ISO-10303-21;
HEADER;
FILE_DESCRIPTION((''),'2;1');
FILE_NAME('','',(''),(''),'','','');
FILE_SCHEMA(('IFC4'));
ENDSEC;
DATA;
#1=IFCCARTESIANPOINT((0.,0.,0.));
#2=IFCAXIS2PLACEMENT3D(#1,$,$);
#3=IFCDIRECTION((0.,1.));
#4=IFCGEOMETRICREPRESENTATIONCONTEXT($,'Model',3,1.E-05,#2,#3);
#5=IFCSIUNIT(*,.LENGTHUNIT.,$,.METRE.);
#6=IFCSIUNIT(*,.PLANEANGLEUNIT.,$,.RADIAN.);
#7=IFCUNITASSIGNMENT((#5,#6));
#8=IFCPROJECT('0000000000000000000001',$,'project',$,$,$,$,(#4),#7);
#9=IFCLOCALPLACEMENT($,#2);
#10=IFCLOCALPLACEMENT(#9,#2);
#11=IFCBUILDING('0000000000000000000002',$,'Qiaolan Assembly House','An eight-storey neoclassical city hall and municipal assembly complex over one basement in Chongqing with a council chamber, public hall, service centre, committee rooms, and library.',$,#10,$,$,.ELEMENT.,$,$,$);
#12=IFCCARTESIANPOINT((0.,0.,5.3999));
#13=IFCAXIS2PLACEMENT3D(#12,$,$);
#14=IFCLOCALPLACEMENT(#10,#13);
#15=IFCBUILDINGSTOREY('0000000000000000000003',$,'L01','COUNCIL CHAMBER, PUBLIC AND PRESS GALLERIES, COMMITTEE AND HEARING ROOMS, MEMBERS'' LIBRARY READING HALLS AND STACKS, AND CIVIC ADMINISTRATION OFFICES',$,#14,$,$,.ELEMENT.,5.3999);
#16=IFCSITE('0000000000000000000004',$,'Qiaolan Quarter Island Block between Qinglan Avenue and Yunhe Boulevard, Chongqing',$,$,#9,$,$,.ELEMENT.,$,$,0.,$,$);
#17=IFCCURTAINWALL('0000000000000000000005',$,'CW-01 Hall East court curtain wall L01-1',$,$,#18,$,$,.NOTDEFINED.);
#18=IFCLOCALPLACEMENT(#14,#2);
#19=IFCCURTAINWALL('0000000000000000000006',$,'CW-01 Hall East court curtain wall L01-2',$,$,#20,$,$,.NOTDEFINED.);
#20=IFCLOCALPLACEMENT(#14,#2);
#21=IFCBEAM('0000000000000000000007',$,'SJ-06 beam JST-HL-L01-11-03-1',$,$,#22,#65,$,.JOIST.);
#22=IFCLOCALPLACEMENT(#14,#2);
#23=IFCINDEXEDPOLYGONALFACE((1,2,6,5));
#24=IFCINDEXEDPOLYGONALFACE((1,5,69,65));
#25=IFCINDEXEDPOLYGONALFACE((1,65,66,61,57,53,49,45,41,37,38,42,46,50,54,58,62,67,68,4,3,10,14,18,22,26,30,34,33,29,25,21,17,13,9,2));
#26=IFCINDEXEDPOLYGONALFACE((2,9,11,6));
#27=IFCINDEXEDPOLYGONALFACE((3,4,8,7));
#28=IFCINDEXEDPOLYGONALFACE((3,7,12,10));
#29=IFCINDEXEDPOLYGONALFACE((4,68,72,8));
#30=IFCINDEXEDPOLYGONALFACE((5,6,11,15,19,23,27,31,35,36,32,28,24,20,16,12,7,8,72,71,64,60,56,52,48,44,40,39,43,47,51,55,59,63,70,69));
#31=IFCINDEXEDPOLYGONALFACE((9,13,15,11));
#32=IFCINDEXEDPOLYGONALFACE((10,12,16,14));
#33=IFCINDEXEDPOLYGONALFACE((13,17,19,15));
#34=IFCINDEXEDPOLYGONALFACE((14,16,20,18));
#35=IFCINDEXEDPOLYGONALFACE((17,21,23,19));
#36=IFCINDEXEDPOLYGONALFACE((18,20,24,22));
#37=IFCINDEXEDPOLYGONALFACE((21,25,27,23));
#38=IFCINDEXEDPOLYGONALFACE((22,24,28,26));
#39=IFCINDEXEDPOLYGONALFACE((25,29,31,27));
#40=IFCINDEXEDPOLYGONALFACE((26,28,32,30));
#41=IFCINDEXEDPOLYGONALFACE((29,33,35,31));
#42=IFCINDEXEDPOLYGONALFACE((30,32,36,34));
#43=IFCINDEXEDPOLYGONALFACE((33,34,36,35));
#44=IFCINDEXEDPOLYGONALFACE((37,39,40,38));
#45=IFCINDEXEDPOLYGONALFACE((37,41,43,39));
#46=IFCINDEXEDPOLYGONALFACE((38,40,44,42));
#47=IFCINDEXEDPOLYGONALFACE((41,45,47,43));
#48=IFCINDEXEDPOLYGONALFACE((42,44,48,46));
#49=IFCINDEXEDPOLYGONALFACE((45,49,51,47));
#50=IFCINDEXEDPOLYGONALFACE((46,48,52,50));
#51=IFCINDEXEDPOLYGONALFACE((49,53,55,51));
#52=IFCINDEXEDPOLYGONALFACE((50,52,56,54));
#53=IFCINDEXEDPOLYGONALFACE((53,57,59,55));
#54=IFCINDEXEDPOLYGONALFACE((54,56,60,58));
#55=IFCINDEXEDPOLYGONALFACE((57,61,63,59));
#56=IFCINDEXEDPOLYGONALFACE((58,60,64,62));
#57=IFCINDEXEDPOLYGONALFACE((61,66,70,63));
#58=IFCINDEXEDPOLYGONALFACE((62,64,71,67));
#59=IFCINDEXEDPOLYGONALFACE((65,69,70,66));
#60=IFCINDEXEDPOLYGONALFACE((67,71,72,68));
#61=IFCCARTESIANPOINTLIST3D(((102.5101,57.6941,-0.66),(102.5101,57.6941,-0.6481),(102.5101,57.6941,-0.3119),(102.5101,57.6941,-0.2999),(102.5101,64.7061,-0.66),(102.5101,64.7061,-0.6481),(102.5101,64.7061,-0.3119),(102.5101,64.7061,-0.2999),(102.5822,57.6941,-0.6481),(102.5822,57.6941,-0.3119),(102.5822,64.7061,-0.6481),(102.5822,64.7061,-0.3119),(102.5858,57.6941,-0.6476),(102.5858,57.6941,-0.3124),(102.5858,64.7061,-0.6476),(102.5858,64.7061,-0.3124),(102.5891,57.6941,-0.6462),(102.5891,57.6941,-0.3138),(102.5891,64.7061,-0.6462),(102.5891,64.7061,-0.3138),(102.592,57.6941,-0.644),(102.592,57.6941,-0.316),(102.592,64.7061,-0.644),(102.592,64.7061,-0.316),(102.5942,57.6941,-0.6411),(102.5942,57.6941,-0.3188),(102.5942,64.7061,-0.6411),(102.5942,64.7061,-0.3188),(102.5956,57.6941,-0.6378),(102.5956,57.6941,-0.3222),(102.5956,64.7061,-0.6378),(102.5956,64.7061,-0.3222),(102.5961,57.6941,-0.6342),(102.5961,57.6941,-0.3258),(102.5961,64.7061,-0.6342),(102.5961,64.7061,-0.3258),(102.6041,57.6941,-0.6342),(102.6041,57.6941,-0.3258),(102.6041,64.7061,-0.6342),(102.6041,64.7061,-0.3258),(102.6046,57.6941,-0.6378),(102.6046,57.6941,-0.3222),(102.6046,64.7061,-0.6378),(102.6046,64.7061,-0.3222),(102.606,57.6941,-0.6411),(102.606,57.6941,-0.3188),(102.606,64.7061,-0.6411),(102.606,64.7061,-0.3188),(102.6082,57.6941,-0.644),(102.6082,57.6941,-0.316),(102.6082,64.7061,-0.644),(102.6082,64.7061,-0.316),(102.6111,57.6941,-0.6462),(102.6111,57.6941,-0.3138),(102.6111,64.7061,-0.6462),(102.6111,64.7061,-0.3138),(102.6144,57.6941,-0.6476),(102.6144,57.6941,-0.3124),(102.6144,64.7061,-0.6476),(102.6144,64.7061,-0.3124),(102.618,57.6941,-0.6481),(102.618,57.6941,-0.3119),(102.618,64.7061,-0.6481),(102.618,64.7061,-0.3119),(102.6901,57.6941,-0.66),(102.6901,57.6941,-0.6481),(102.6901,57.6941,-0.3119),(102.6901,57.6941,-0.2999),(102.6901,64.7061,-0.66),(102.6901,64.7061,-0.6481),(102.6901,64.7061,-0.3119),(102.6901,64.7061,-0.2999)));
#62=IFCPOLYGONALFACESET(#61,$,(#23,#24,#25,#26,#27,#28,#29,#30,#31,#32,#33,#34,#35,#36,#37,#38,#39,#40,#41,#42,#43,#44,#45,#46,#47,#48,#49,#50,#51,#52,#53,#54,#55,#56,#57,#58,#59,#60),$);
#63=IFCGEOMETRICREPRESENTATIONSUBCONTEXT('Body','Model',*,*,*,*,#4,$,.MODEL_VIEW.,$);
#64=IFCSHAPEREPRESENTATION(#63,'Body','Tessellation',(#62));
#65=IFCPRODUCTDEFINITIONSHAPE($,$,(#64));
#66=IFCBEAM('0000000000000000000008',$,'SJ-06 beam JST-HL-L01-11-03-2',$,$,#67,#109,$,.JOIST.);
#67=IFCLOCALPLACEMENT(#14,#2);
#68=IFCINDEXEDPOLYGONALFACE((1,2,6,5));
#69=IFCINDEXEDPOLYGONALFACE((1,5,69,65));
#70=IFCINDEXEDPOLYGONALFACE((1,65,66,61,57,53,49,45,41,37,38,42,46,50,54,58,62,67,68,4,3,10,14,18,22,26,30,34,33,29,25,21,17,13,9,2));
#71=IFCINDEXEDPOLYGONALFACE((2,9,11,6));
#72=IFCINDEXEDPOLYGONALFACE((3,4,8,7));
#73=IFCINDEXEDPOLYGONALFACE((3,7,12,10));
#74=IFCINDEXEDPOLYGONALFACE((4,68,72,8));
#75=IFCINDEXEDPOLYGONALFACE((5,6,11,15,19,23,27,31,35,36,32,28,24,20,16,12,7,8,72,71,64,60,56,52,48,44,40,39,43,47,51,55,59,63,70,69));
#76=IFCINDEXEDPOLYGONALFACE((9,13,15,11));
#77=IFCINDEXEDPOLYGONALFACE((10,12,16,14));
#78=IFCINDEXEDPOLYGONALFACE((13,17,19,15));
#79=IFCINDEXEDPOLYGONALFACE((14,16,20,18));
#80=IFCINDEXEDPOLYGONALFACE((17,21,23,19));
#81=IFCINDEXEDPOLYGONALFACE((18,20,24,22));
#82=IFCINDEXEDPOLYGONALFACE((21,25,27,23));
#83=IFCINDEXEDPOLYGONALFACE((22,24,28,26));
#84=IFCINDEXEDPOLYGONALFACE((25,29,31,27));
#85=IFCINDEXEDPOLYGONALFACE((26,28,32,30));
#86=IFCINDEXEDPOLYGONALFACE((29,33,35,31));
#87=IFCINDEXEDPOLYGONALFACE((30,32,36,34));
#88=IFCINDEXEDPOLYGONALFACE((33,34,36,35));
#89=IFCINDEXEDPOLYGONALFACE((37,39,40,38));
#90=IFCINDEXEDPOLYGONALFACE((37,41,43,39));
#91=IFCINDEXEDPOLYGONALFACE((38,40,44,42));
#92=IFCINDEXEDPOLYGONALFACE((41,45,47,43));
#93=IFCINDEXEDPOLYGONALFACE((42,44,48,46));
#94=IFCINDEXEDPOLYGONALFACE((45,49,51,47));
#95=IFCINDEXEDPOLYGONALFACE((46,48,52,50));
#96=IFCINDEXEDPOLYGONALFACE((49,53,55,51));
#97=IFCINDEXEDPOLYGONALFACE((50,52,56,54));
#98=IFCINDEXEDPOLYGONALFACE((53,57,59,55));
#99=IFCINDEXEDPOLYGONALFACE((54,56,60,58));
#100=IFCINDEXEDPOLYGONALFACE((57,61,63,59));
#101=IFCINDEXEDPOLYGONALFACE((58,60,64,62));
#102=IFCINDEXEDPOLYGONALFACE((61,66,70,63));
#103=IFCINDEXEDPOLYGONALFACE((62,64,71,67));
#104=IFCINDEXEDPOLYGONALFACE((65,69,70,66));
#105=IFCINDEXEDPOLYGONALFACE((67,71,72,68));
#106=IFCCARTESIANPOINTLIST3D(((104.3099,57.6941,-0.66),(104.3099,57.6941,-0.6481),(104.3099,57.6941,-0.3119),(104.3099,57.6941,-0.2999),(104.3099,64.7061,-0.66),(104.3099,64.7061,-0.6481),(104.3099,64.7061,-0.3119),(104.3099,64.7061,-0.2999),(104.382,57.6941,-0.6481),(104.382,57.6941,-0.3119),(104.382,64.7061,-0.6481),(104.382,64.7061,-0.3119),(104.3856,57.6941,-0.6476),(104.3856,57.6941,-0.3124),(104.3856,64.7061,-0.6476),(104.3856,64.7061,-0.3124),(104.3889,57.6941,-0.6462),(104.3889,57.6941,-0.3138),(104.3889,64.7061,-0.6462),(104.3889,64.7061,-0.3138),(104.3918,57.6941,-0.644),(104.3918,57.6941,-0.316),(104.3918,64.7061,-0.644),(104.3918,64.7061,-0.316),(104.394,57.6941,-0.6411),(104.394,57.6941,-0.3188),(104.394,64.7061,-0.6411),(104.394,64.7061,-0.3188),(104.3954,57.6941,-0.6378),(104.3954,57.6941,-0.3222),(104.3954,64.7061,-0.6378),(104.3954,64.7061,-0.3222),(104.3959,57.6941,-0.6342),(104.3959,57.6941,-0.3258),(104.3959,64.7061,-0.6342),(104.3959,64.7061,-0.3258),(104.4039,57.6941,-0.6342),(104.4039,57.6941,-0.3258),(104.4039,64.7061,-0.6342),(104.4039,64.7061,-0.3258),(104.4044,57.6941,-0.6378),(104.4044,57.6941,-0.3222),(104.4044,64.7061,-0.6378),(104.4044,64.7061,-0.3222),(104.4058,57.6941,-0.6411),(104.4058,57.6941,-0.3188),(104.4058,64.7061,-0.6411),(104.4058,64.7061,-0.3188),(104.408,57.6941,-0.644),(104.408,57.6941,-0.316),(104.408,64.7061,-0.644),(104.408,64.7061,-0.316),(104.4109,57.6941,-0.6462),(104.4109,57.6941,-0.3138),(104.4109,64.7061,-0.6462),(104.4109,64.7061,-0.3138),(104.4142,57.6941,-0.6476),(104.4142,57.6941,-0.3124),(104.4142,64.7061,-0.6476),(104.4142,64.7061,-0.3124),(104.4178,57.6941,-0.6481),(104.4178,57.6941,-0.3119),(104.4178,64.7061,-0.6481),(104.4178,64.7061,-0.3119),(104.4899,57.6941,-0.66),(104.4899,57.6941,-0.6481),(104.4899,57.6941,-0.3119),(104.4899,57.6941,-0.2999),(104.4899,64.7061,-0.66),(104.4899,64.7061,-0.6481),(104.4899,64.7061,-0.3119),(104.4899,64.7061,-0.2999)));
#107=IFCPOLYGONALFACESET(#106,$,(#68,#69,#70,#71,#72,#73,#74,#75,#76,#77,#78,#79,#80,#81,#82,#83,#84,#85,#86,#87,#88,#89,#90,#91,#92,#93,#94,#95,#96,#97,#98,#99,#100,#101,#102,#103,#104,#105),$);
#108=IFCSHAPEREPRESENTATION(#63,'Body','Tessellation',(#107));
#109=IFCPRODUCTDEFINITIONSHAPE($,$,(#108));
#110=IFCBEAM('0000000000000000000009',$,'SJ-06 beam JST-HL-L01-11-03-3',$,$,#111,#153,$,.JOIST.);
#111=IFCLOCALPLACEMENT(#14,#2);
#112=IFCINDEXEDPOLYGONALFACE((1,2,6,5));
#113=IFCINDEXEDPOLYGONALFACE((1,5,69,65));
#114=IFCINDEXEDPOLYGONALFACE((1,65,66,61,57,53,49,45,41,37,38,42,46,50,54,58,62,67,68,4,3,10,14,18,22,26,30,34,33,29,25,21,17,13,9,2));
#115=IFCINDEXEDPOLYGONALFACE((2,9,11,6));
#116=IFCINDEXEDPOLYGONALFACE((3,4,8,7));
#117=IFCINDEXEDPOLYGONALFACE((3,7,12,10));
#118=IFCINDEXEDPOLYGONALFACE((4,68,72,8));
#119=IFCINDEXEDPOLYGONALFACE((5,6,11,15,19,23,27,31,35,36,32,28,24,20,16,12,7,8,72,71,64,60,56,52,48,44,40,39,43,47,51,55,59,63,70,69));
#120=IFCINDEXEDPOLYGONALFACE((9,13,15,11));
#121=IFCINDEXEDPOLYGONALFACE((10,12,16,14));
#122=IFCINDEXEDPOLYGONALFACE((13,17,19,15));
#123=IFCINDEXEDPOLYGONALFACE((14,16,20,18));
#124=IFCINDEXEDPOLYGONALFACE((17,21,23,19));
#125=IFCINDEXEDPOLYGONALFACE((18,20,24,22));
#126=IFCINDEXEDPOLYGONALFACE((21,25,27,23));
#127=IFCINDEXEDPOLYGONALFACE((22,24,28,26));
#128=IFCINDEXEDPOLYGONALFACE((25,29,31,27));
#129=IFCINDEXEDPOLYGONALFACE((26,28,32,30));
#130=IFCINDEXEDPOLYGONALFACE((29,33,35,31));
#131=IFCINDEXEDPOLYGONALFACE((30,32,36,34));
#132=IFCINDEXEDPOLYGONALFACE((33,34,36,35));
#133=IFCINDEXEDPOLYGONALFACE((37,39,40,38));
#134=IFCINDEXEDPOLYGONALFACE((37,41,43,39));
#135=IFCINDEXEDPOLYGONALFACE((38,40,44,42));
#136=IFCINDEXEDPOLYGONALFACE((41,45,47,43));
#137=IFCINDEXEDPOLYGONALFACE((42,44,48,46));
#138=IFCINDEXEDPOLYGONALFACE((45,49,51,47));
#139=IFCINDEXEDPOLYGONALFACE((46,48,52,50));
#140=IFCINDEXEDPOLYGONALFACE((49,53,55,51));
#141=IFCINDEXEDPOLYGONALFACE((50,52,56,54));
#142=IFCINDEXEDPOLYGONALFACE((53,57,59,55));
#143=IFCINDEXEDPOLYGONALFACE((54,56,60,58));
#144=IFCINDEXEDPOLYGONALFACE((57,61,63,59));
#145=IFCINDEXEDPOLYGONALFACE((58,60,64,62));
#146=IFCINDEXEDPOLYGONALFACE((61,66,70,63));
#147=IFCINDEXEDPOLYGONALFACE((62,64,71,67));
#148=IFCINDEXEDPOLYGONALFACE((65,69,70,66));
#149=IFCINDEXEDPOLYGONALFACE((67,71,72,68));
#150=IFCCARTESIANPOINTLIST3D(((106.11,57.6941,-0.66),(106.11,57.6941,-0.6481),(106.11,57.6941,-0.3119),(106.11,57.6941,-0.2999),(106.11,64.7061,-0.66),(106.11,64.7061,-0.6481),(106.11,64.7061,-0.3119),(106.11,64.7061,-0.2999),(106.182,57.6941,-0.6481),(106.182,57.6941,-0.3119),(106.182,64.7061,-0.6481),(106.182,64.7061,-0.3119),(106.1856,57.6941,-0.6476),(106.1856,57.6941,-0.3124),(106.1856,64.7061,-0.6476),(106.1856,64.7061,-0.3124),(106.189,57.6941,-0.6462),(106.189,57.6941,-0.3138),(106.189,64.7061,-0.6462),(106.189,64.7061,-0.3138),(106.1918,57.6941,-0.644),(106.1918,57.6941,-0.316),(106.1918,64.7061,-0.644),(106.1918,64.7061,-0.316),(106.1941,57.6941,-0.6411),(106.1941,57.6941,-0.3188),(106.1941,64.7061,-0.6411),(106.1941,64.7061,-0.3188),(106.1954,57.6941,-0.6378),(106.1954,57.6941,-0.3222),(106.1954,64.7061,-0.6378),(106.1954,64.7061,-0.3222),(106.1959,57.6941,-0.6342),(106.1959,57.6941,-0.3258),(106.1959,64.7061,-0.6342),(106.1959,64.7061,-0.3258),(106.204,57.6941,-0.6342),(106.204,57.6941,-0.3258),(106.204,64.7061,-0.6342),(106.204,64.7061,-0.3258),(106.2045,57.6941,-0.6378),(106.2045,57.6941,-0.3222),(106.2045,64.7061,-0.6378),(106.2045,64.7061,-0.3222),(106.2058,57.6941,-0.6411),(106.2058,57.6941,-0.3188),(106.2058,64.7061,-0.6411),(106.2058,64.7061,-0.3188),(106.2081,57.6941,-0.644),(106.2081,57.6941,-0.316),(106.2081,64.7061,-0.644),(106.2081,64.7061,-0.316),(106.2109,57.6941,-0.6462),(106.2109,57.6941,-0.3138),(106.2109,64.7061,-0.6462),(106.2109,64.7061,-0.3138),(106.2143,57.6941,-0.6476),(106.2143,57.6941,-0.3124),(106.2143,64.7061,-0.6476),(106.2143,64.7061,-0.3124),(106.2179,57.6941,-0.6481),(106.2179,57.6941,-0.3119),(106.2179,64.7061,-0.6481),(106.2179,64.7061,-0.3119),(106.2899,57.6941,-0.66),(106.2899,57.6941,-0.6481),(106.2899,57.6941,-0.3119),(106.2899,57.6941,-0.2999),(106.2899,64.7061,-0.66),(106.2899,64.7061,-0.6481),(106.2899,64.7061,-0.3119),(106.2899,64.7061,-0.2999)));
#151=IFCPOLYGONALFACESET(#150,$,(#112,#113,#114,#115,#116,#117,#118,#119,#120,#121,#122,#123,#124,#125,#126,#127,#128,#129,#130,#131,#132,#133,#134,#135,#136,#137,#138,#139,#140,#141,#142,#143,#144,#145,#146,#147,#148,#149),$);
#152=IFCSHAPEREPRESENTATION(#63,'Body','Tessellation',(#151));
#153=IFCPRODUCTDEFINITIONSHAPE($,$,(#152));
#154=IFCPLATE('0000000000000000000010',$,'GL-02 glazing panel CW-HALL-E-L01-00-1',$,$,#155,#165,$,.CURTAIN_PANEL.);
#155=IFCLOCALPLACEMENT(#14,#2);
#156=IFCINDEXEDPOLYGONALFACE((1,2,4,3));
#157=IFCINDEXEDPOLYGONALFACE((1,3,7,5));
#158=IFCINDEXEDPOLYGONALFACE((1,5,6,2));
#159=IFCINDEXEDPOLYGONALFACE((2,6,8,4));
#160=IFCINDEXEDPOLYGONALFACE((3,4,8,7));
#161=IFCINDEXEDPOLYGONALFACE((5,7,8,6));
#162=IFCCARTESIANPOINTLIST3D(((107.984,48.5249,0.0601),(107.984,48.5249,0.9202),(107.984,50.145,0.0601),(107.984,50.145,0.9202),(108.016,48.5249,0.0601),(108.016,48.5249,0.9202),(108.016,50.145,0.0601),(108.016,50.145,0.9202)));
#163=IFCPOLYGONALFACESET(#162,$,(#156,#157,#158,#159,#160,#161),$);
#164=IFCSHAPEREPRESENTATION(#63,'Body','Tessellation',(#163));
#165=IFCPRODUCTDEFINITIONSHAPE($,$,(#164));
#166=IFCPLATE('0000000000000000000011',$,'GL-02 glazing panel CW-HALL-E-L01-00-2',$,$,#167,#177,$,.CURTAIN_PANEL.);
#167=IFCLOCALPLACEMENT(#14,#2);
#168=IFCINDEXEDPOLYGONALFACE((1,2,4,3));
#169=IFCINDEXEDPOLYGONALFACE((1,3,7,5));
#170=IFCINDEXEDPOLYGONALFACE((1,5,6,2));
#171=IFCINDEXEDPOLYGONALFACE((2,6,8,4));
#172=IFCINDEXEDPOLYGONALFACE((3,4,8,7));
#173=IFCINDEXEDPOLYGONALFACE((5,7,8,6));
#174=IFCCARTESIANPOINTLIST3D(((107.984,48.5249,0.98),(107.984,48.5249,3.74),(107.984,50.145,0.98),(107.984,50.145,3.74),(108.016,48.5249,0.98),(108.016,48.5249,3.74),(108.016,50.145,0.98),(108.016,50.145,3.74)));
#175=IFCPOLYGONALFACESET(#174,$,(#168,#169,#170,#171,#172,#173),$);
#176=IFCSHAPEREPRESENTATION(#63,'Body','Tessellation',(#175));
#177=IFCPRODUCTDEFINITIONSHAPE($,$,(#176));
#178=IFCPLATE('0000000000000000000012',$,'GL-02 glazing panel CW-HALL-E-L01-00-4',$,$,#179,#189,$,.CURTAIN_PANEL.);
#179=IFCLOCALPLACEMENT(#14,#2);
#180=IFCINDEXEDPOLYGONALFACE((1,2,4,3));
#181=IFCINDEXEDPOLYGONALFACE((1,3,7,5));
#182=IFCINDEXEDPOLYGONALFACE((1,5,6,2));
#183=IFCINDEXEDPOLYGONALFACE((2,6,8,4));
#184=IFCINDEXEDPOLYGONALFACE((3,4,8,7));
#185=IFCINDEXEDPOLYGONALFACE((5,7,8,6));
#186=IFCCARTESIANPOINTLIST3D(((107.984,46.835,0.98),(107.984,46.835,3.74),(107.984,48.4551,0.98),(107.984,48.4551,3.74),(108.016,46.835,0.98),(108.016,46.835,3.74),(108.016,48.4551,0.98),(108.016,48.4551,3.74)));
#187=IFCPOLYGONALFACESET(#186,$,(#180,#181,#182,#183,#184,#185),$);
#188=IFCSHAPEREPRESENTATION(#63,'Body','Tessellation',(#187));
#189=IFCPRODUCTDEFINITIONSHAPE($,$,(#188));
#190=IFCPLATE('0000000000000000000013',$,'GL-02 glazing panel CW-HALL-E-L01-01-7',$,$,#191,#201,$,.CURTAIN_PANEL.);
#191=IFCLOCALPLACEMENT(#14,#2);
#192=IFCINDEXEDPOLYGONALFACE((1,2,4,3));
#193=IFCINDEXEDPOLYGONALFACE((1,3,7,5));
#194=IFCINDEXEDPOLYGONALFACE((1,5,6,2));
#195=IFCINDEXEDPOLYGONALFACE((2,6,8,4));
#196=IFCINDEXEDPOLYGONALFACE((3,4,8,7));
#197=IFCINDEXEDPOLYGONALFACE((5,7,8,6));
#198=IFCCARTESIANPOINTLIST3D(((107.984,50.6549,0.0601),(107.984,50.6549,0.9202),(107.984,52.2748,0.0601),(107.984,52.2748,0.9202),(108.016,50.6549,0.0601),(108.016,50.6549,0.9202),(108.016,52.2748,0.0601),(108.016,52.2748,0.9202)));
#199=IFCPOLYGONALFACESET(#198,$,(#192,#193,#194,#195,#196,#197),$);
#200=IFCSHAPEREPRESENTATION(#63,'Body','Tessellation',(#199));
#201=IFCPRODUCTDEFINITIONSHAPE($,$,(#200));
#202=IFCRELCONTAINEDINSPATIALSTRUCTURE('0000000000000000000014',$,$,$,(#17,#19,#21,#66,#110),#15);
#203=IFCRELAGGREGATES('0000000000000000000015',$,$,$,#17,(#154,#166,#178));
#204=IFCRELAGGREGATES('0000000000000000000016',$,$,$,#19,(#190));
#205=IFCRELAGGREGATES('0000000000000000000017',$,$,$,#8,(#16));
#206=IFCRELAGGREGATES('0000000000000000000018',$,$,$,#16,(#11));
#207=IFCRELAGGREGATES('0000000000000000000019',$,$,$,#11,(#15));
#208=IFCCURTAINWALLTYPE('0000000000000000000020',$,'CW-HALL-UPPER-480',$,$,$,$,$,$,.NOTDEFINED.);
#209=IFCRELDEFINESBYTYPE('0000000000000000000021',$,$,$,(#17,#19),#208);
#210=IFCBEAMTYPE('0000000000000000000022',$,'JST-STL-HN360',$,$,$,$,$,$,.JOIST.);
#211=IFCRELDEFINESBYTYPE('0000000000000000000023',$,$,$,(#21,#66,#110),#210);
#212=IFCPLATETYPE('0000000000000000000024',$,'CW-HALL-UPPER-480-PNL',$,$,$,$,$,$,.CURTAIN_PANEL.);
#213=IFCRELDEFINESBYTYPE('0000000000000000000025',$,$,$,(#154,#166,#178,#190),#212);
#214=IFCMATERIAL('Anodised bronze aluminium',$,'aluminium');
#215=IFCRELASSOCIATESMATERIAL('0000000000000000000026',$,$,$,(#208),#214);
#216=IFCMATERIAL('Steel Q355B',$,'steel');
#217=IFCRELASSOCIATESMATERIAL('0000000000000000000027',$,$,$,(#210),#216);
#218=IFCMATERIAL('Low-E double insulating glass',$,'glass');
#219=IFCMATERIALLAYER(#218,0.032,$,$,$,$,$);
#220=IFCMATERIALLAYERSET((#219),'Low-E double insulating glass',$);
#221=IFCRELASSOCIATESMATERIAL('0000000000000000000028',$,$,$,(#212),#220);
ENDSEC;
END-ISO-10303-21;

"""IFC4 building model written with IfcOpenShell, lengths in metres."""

from ifc_helpers import new_model, si_unit, direction, frame, frame_2d, origin, origin_2d, place, context, subcontext, project, spatial, rectangle, i_section, extrude, material, layer, layer_set, material_profile, profile_set, type_object, element, aggregate, save


model = new_model("IFC4")

# Units and contexts
model_context = context("Model", 3, precision=1e-05, world=origin(), true_north=direction((0.0, 1.0)))
body_context = subcontext(model_context, "Body", "Model", "MODEL_VIEW")
ifc_project = project(units=[si_unit("LENGTHUNIT", "METRE"), si_unit("PLANEANGLEUNIT", "RADIAN")], contexts=[model_context])

# Site, building, storey
site_placement = place(None, origin())
site = spatial("IfcSite", under=ifc_project, at=site_placement, Name="Qiaolan Quarter Island Block between Qinglan Avenue and Yunhe Boulevard, Chongqing", CompositionType="ELEMENT", RefElevation=0.0)
building_placement = place(site_placement, origin())
building = spatial("IfcBuilding", under=site, at=building_placement, Name="Qiaolan Assembly House", Description="An eight-storey neoclassical city hall and municipal assembly complex over one basement in Chongqing with a council chamber, public hall, service centre, committee rooms, and library.", CompositionType="ELEMENT")
storey_placement = place(building_placement, frame((0.0, 0.0, 5.3999)))
storey = spatial("IfcBuildingStorey", under=building, at=storey_placement, Name="L01", Description="COUNCIL CHAMBER, PUBLIC AND PRESS GALLERIES, COMMITTEE AND HEARING ROOMS, MEMBERS' LIBRARY READING HALLS AND STACKS, AND CIVIC ADMINISTRATION OFFICES", CompositionType="ELEMENT", Elevation=5.3999)

# Shared definitions
ifc_material_1 = material(Name="Steel Q355B", Category="steel")

# Curtain walls
ifc_material_2 = material(Name="Anodised bronze aluminium", Category="aluminium")
curtain_wall_type = type_object("IfcCurtainWallType", Name="CW-HALL-UPPER-480", PredefinedType="NOTDEFINED", material=ifc_material_2)
curtain_wall_1_placement = place(storey_placement, origin())
curtain_wall_1 = element("IfcCurtainWall", 1, at=curtain_wall_1_placement, inside=storey, type_object=curtain_wall_type, Name="CW-01 Hall East court curtain wall L01-1", PredefinedType="NOTDEFINED")
curtain_wall_2_placement = place(storey_placement, origin())
curtain_wall_2 = element("IfcCurtainWall", 2, at=curtain_wall_2_placement, inside=storey, type_object=curtain_wall_type, Name="CW-01 Hall East court curtain wall L01-2", PredefinedType="NOTDEFINED")

# Beams
ifc_material_profile_1 = material_profile(ifc_material_1, i_section(OverallWidth=0.1799, OverallDepth=0.3601, WebThickness=0.0081, FlangeThickness=0.012, FilletRadius=0.0139, at=origin_2d()), Name="HN 360x180x8x12")
ifc_profile_set_1 = profile_set([ifc_material_profile_1], Name="Steel Q355B")
beam_type_1 = type_object("IfcBeamType", Name="JST-STL-HN360", PredefinedType="JOIST", material=ifc_profile_set_1)
for number, where, z_axis, x_axis, name in (
    (3, (102.6001, 57.6941, -0.48), (0.0, 1.0, 0.0), (-1.0, 0.0, 0.0), "SJ-06 beam JST-HL-L01-11-03-1"),
    (4, (104.3999, 57.6941, -0.48), (0.0, 1.0, 0.0), (-1.0, 0.0, 0.0), "SJ-06 beam JST-HL-L01-11-03-2"),
    (5, (106.2, 57.6941, -0.48), (0.0, 1.0, 0.0), (-1.0, 0.0, 0.0), "SJ-06 beam JST-HL-L01-11-03-3"),
):
    element("IfcBeam", number, at=place(storey_placement, frame(where, z_axis=z_axis, x_axis=x_axis)), inside=storey, type_object=beam_type_1, Name=name, PredefinedType="JOIST", context=body_context, shape_type="SweptSolid", body=[
        extrude(i_section(OverallWidth=0.1799, OverallDepth=0.3601, WebThickness=0.0081, FlangeThickness=0.012, FilletRadius=0.0139, at=origin_2d()), origin(), (0.0, 0.0, 1.0), 7.012),
    ])

# Plates
ifc_material_3 = material(Name="Low-E double insulating glass", Category="glass")
ifc_layer = layer(ifc_material_3, 0.032)
ifc_layer_set = layer_set([ifc_layer], Name="Low-E double insulating glass")
plate_type = type_object("IfcPlateType", Name="CW-HALL-UPPER-480-PNL", PredefinedType="CURTAIN_PANEL", material=ifc_layer_set)
plate_1_placement = place(storey_placement, frame((108.0, 50.145, 0.0601), z_axis=(0.0, 0.0, 1.0), x_axis=(0.0, -1.0, 0.0)))
plate_1 = element("IfcPlate", 6, at=plate_1_placement, type_object=plate_type, Name="GL-02 glazing panel CW-HALL-E-L01-00-1", PredefinedType="CURTAIN_PANEL", context=body_context, shape_type="SweptSolid", body=[
    extrude(rectangle(XDim=1.6201, YDim=0.032, at=frame_2d((0.8101, 0.0))), origin(), (0.0, 0.0, 1.0), 0.8601),
])
plate_2_placement = place(storey_placement, frame((108.0, 50.145, 0.98), z_axis=(0.0, 0.0, 1.0), x_axis=(0.0, -1.0, 0.0)))
plate_2 = element("IfcPlate", 7, at=plate_2_placement, type_object=plate_type, Name="GL-02 glazing panel CW-HALL-E-L01-00-2", PredefinedType="CURTAIN_PANEL", context=body_context, shape_type="SweptSolid", body=[
    extrude(rectangle(XDim=1.6201, YDim=0.032, at=frame_2d((0.8101, 0.0))), origin(), (0.0, 0.0, 1.0), 2.76),
])
plate_3_placement = place(storey_placement, frame((108.0, 48.4551, 0.98), z_axis=(0.0, 0.0, 1.0), x_axis=(0.0, -1.0, 0.0)))
plate_3 = element("IfcPlate", 8, at=plate_3_placement, type_object=plate_type, Name="GL-02 glazing panel CW-HALL-E-L01-00-4", PredefinedType="CURTAIN_PANEL", context=body_context, shape_type="SweptSolid", body=[
    extrude(rectangle(XDim=1.6201, YDim=0.032, at=frame_2d((0.8101, 0.0))), origin(), (0.0, 0.0, 1.0), 2.76),
])
aggregate(curtain_wall_1, [plate_1, plate_2, plate_3])
plate_4_placement = place(storey_placement, frame((108.0, 52.2749, 0.0601), z_axis=(0.0, 0.0, 1.0), x_axis=(0.0, -1.0, 0.0)))
plate_4 = element("IfcPlate", 9, at=plate_4_placement, type_object=plate_type, Name="GL-02 glazing panel CW-HALL-E-L01-01-7", PredefinedType="CURTAIN_PANEL", context=body_context, shape_type="SweptSolid", body=[
    extrude(rectangle(XDim=1.6199, YDim=0.032, at=frame_2d((0.8101, 0.0))), origin(), (0.0, 0.0, 1.0), 0.8601),
])
aggregate(curtain_wall_2, [plate_4])

save(model, "model.ifc")
